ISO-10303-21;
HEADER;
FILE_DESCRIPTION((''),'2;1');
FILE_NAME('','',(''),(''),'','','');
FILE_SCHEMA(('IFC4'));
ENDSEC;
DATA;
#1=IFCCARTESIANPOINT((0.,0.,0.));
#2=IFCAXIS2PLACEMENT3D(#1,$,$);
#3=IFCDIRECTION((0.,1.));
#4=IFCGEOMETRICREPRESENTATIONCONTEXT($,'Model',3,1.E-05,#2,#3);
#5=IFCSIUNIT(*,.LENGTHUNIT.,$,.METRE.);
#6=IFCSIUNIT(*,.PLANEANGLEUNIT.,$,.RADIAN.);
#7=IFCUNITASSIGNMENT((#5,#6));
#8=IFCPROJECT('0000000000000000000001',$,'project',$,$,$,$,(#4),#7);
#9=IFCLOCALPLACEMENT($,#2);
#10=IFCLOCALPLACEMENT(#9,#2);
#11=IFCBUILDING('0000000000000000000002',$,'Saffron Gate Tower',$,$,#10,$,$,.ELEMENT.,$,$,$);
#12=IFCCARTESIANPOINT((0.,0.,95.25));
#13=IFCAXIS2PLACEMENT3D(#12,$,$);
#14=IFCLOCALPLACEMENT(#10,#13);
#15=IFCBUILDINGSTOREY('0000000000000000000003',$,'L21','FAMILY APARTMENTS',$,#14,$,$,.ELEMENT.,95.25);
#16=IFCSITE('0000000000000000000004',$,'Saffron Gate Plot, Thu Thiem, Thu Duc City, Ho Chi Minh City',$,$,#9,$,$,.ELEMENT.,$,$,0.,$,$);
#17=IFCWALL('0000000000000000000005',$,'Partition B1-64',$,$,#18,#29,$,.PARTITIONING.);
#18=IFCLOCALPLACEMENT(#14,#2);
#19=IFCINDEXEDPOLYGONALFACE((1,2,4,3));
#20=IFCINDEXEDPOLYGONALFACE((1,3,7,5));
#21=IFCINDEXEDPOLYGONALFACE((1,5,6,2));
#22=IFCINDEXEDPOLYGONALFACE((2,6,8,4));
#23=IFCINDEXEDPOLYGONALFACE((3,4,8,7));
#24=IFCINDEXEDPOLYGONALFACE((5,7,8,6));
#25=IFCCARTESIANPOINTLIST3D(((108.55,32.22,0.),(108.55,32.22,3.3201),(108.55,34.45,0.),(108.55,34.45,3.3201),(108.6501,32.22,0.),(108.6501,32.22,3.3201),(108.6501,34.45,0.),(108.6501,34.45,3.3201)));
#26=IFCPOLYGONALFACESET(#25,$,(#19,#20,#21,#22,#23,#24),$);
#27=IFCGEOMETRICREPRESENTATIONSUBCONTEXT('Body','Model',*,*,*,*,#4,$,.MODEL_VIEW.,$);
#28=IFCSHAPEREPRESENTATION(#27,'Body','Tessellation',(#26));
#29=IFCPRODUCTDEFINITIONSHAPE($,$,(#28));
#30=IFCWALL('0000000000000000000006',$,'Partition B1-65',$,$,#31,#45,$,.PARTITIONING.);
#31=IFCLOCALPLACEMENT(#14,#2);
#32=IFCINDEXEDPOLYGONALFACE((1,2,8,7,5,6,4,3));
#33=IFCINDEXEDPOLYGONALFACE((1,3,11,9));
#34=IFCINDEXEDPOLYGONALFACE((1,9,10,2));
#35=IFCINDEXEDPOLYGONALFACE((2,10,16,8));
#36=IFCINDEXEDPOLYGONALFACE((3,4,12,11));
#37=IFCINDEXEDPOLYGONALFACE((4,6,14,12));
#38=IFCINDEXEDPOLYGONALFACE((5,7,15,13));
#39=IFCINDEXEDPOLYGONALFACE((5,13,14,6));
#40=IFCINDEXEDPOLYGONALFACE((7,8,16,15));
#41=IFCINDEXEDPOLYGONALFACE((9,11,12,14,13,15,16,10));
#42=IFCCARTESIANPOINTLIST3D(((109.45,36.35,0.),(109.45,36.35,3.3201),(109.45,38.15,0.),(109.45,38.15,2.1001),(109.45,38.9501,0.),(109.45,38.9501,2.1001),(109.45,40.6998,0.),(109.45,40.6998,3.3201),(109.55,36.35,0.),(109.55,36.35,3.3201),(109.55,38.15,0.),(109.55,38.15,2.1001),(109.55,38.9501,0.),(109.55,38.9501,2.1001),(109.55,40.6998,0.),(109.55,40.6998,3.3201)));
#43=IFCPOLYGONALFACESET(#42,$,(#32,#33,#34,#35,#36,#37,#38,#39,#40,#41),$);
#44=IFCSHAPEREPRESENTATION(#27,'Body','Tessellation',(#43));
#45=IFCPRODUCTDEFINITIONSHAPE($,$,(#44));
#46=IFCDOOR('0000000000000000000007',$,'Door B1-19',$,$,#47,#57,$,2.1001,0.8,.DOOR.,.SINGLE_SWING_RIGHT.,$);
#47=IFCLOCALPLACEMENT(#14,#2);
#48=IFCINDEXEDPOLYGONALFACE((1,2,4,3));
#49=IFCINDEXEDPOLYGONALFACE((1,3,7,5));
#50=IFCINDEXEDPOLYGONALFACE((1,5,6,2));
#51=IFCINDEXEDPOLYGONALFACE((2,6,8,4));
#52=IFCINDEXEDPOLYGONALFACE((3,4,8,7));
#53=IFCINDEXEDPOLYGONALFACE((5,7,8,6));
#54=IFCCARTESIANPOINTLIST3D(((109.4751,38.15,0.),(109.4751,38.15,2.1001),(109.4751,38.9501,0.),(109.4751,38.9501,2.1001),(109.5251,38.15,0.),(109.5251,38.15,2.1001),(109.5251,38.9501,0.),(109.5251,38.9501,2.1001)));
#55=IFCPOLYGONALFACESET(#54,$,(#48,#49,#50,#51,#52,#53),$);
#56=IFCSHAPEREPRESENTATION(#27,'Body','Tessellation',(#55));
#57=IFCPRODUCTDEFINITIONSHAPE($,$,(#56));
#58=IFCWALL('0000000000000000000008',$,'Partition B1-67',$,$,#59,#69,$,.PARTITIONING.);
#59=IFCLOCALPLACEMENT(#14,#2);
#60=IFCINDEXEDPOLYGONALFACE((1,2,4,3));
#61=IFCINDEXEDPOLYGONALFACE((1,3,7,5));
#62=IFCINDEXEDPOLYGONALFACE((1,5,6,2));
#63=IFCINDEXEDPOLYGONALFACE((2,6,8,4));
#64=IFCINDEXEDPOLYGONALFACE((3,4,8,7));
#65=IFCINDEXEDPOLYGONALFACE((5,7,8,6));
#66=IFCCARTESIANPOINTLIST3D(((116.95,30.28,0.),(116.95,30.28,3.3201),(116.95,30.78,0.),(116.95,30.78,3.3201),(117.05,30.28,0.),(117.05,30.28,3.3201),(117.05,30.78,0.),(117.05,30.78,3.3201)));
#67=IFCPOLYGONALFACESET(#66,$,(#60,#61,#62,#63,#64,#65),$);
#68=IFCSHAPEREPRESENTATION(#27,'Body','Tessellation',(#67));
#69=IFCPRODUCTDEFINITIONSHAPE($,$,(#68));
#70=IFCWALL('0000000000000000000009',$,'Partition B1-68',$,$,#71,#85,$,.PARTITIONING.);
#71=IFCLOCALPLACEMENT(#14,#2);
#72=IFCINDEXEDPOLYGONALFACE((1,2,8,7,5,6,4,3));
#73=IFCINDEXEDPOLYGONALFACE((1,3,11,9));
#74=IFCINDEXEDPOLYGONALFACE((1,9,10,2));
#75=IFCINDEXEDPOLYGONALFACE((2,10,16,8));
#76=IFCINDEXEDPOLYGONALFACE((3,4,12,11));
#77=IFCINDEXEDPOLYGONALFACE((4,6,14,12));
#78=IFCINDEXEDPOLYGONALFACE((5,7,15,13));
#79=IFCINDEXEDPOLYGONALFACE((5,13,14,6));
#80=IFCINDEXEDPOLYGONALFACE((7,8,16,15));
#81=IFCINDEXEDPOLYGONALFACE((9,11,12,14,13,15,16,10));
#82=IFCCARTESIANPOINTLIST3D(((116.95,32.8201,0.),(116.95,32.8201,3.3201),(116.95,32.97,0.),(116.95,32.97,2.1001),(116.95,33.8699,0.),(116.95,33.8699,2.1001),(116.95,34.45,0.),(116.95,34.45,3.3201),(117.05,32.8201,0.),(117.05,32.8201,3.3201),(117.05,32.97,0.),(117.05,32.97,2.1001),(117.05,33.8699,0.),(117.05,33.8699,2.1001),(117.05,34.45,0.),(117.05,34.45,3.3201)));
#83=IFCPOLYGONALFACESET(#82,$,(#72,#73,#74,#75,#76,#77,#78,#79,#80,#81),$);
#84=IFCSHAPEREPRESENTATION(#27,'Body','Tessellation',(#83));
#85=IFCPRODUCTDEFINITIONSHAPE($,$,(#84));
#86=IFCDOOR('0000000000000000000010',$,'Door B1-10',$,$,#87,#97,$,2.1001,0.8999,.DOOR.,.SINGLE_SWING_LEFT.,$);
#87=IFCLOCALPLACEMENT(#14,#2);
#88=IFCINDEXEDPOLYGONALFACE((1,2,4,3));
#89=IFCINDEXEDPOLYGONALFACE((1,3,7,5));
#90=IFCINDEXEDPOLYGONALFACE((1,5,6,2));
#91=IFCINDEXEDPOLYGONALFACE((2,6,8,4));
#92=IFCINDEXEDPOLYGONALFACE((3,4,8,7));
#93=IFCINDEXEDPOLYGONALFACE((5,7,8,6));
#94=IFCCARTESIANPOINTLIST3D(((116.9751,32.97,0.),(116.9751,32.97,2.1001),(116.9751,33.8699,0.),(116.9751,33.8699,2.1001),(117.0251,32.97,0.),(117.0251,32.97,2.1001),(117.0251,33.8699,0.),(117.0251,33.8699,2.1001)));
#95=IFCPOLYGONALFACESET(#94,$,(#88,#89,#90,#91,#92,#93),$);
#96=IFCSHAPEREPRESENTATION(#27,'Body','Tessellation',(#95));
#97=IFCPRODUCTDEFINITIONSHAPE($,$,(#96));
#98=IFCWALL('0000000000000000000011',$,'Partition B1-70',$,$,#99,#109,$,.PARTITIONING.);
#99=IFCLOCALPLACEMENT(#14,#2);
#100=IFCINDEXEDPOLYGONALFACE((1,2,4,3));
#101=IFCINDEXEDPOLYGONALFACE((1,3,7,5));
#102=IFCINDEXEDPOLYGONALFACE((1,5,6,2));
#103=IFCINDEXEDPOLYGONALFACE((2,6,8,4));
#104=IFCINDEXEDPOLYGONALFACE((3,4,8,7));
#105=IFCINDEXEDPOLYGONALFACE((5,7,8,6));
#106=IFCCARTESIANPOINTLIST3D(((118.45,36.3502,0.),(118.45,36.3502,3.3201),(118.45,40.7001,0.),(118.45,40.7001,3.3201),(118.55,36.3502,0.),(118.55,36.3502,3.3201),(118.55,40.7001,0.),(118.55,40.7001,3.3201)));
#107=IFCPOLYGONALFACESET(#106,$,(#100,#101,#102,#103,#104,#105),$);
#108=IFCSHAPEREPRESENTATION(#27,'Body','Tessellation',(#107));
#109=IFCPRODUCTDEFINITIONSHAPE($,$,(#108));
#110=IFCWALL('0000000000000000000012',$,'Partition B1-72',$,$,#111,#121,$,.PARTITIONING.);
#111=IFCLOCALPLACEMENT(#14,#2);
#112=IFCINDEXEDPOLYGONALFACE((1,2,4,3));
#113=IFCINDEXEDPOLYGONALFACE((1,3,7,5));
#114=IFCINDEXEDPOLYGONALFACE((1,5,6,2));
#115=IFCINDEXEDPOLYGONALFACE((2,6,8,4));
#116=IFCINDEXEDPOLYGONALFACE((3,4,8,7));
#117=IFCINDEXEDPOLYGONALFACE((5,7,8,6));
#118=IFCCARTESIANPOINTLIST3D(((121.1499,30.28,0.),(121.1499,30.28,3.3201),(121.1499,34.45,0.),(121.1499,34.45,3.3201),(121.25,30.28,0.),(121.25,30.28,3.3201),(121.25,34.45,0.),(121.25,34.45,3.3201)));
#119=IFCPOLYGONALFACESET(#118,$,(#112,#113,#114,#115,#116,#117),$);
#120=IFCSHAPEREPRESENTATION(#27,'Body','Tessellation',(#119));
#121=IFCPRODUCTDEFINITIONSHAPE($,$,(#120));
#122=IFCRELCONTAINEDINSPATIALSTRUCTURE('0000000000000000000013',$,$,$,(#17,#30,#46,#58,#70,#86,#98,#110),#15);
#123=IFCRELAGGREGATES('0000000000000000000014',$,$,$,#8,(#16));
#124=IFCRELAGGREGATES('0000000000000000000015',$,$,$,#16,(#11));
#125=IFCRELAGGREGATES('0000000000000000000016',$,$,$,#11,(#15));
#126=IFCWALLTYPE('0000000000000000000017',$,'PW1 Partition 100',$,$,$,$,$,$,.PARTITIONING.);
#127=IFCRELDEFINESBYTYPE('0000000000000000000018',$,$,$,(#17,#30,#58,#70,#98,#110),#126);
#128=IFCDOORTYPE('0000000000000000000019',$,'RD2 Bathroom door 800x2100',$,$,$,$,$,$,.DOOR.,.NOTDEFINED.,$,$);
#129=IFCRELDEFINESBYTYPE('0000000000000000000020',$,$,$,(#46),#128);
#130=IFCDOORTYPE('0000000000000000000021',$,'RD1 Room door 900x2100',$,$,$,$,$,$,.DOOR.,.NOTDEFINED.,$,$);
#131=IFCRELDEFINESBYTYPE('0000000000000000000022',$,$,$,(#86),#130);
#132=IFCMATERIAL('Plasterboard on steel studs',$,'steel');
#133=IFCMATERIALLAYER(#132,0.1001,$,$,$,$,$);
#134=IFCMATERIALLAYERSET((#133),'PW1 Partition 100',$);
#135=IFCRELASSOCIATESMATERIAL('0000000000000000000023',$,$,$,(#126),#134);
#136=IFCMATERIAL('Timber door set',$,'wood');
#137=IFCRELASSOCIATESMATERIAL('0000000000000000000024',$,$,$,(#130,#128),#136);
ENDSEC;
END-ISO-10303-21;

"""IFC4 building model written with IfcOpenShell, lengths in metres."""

from ifc_helpers import new_model, si_unit, direction, frame, frame_2d, origin, place, context, subcontext, project, spatial, rectangle, extrude, material, layer, layer_set, type_object, element, fill, save


model = new_model("IFC4")

# Units and contexts
model_context = context("Model", 3, precision=1e-05, world=origin(), true_north=direction((0.0, 1.0)))
body_context = subcontext(model_context, "Body", "Model", "MODEL_VIEW")
ifc_project = project(units=[si_unit("LENGTHUNIT", "METRE"), si_unit("PLANEANGLEUNIT", "RADIAN")], contexts=[model_context])

# Site, building, storey
site_placement = place(None, origin())
site = spatial("IfcSite", under=ifc_project, at=site_placement, Name="Saffron Gate Plot, Thu Thiem, Thu Duc City, Ho Chi Minh City", CompositionType="ELEMENT", RefElevation=0.0)
building_placement = place(site_placement, origin())
building = spatial("IfcBuilding", under=site, at=building_placement, Name="Saffron Gate Tower", CompositionType="ELEMENT")
storey_placement = place(building_placement, frame((0.0, 0.0, 95.25)))
storey = spatial("IfcBuildingStorey", under=building, at=storey_placement, Name="L21", Description="FAMILY APARTMENTS", CompositionType="ELEMENT", Elevation=95.25)

# Shared definitions
ifc_material_1 = material(Name="Plasterboard on steel studs", Category="steel")
ifc_layer_1 = layer(ifc_material_1, 0.1001)
ifc_layer_set_1 = layer_set([ifc_layer_1], Name="PW1 Partition 100")
wall_type = type_object("IfcWallType", Name="PW1 Partition 100", PredefinedType="PARTITIONING", material=ifc_layer_set_1)
ifc_material_2 = material(Name="Timber door set", Category="wood")
door_type_1 = type_object("IfcDoorType", Name="RD1 Room door 900x2100", OperationType="NOTDEFINED", PredefinedType="DOOR", material=ifc_material_2)

# Wall
wall_1_placement = place(storey_placement, frame((108.6001, 34.45, 0.0), z_axis=(0.0, 0.0, 1.0), x_axis=(0.0, -1.0, 0.0)))
element("IfcWall", 1, at=wall_1_placement, inside=storey, type_object=wall_type, Name="Partition B1-64", PredefinedType="PARTITIONING", context=body_context, shape_type="SweptSolid", body=[
    extrude(rectangle(XDim=2.23, YDim=0.1001, at=frame_2d((1.115, 0.0))), origin(), (0.0, 0.0, 1.0), 3.3201),
])

# Wall, opening, door
wall_2_placement = place(storey_placement, frame((109.5, 36.3501, 0.0), z_axis=(0.0, 0.0, 1.0), x_axis=(0.0, 1.0, 0.0)))
wall_2 = element("IfcWall", 2, at=wall_2_placement, inside=storey, type_object=wall_type, Name="Partition B1-65", PredefinedType="PARTITIONING", context=body_context, shape_type="SweptSolid", body=[
    extrude(rectangle(XDim=4.3499, YDim=0.1001, at=frame_2d((2.1748, 0.0))), origin(), (0.0, 0.0, 1.0), 3.3201),
])
opening_1_placement = place(wall_2_placement, frame((1.8, 0.0, 0.0)))
opening_1 = element("IfcOpeningElement", 3, at=opening_1_placement, cuts=wall_2, PredefinedType="OPENING", context=body_context, shape_type="SweptSolid", body=[
    extrude(rectangle(XDim=0.8, YDim=2.1001, at=frame_2d((0.3999, 1.05))), frame((0.0, 0.0601, 0.0), z_axis=(0.0, -1.0, 0.0), x_axis=(1.0, 0.0, 0.0)), (0.0, 0.0, 1.0), 0.1201),
])
door_type_2 = type_object("IfcDoorType", Name="RD2 Bathroom door 800x2100", OperationType="NOTDEFINED", PredefinedType="DOOR", material=ifc_material_2)
door_1_placement = place(opening_1_placement, origin())
door_1 = element("IfcDoor", 4, at=door_1_placement, inside=storey, type_object=door_type_2, Name="Door B1-19", OperationType="SINGLE_SWING_RIGHT", OverallHeight=2.1001, OverallWidth=0.8, PredefinedType="DOOR", context=body_context, shape_type="SweptSolid", body=[
    extrude(rectangle(XDim=0.8, YDim=2.1001, at=frame_2d((0.3999, 1.05))), frame((0.0, 0.0249, 0.0), z_axis=(0.0, -1.0, 0.0), x_axis=(1.0, 0.0, 0.0)), (0.0, 0.0, 1.0), 0.05),
])
fill(opening_1, door_1)

# Wall
wall_3_placement = place(storey_placement, frame((117.0, 30.78, 0.0), z_axis=(0.0, 0.0, 1.0), x_axis=(0.0, -1.0, 0.0)))
element("IfcWall", 5, at=wall_3_placement, inside=storey, type_object=wall_type, Name="Partition B1-67", PredefinedType="PARTITIONING", context=body_context, shape_type="SweptSolid", body=[
    extrude(rectangle(XDim=0.5, YDim=0.1001, at=frame_2d((0.25, 0.0))), origin(), (0.0, 0.0, 1.0), 3.3201),
])

# Wall, opening, door
wall_4_placement = place(storey_placement, frame((117.0, 32.8201, 0.0), z_axis=(0.0, 0.0, 1.0), x_axis=(0.0, 1.0, 0.0)))
wall_4 = element("IfcWall", 6, at=wall_4_placement, inside=storey, type_object=wall_type, Name="Partition B1-68", PredefinedType="PARTITIONING", context=body_context, shape_type="SweptSolid", body=[
    extrude(rectangle(XDim=1.6299, YDim=0.1001, at=frame_2d((0.8149, 0.0))), origin(), (0.0, 0.0, 1.0), 3.3201),
])
opening_2_placement = place(wall_4_placement, frame((0.1499, 0.0, 0.0)))
opening_2 = element("IfcOpeningElement", 7, at=opening_2_placement, cuts=wall_4, PredefinedType="OPENING", context=body_context, shape_type="SweptSolid", body=[
    extrude(rectangle(XDim=0.8999, YDim=2.1001, at=frame_2d((0.45, 1.05))), frame((0.0, 0.0601, 0.0), z_axis=(0.0, -1.0, 0.0), x_axis=(1.0, 0.0, 0.0)), (0.0, 0.0, 1.0), 0.1201),
])
door_2_placement = place(opening_2_placement, origin())
door_2 = element("IfcDoor", 8, at=door_2_placement, inside=storey, type_object=door_type_1, Name="Door B1-10", OperationType="SINGLE_SWING_LEFT", OverallHeight=2.1001, OverallWidth=0.8999, PredefinedType="DOOR", context=body_context, shape_type="SweptSolid", body=[
    extrude(rectangle(XDim=0.8999, YDim=2.1001, at=frame_2d((0.45, 1.05))), frame((0.0, 0.0249, 0.0), z_axis=(0.0, -1.0, 0.0), x_axis=(1.0, 0.0, 0.0)), (0.0, 0.0, 1.0), 0.05),
])
fill(opening_2, door_2)

# Walls
wall_5_placement = place(storey_placement, frame((118.5, 40.7, 0.0), z_axis=(0.0, 0.0, 1.0), x_axis=(0.0, -1.0, 0.0)))
element("IfcWall", 9, at=wall_5_placement, inside=storey, type_object=wall_type, Name="Partition B1-70", PredefinedType="PARTITIONING", context=body_context, shape_type="SweptSolid", body=[
    extrude(rectangle(XDim=4.3499, YDim=0.1001, at=frame_2d((2.1748, 0.0))), origin(), (0.0, 0.0, 1.0), 3.3201),
])
wall_6_placement = place(storey_placement, frame((121.2, 34.45, 0.0), z_axis=(0.0, 0.0, 1.0), x_axis=(0.0, -1.0, 0.0)))
element("IfcWall", 10, at=wall_6_placement, inside=storey, type_object=wall_type, Name="Partition B1-72", PredefinedType="PARTITIONING", context=body_context, shape_type="SweptSolid", body=[
    extrude(rectangle(XDim=4.1699, YDim=0.1001, at=frame_2d((2.085, 0.0))), origin(), (0.0, 0.0, 1.0), 3.3201),
])

save(model, "model.ifc")
